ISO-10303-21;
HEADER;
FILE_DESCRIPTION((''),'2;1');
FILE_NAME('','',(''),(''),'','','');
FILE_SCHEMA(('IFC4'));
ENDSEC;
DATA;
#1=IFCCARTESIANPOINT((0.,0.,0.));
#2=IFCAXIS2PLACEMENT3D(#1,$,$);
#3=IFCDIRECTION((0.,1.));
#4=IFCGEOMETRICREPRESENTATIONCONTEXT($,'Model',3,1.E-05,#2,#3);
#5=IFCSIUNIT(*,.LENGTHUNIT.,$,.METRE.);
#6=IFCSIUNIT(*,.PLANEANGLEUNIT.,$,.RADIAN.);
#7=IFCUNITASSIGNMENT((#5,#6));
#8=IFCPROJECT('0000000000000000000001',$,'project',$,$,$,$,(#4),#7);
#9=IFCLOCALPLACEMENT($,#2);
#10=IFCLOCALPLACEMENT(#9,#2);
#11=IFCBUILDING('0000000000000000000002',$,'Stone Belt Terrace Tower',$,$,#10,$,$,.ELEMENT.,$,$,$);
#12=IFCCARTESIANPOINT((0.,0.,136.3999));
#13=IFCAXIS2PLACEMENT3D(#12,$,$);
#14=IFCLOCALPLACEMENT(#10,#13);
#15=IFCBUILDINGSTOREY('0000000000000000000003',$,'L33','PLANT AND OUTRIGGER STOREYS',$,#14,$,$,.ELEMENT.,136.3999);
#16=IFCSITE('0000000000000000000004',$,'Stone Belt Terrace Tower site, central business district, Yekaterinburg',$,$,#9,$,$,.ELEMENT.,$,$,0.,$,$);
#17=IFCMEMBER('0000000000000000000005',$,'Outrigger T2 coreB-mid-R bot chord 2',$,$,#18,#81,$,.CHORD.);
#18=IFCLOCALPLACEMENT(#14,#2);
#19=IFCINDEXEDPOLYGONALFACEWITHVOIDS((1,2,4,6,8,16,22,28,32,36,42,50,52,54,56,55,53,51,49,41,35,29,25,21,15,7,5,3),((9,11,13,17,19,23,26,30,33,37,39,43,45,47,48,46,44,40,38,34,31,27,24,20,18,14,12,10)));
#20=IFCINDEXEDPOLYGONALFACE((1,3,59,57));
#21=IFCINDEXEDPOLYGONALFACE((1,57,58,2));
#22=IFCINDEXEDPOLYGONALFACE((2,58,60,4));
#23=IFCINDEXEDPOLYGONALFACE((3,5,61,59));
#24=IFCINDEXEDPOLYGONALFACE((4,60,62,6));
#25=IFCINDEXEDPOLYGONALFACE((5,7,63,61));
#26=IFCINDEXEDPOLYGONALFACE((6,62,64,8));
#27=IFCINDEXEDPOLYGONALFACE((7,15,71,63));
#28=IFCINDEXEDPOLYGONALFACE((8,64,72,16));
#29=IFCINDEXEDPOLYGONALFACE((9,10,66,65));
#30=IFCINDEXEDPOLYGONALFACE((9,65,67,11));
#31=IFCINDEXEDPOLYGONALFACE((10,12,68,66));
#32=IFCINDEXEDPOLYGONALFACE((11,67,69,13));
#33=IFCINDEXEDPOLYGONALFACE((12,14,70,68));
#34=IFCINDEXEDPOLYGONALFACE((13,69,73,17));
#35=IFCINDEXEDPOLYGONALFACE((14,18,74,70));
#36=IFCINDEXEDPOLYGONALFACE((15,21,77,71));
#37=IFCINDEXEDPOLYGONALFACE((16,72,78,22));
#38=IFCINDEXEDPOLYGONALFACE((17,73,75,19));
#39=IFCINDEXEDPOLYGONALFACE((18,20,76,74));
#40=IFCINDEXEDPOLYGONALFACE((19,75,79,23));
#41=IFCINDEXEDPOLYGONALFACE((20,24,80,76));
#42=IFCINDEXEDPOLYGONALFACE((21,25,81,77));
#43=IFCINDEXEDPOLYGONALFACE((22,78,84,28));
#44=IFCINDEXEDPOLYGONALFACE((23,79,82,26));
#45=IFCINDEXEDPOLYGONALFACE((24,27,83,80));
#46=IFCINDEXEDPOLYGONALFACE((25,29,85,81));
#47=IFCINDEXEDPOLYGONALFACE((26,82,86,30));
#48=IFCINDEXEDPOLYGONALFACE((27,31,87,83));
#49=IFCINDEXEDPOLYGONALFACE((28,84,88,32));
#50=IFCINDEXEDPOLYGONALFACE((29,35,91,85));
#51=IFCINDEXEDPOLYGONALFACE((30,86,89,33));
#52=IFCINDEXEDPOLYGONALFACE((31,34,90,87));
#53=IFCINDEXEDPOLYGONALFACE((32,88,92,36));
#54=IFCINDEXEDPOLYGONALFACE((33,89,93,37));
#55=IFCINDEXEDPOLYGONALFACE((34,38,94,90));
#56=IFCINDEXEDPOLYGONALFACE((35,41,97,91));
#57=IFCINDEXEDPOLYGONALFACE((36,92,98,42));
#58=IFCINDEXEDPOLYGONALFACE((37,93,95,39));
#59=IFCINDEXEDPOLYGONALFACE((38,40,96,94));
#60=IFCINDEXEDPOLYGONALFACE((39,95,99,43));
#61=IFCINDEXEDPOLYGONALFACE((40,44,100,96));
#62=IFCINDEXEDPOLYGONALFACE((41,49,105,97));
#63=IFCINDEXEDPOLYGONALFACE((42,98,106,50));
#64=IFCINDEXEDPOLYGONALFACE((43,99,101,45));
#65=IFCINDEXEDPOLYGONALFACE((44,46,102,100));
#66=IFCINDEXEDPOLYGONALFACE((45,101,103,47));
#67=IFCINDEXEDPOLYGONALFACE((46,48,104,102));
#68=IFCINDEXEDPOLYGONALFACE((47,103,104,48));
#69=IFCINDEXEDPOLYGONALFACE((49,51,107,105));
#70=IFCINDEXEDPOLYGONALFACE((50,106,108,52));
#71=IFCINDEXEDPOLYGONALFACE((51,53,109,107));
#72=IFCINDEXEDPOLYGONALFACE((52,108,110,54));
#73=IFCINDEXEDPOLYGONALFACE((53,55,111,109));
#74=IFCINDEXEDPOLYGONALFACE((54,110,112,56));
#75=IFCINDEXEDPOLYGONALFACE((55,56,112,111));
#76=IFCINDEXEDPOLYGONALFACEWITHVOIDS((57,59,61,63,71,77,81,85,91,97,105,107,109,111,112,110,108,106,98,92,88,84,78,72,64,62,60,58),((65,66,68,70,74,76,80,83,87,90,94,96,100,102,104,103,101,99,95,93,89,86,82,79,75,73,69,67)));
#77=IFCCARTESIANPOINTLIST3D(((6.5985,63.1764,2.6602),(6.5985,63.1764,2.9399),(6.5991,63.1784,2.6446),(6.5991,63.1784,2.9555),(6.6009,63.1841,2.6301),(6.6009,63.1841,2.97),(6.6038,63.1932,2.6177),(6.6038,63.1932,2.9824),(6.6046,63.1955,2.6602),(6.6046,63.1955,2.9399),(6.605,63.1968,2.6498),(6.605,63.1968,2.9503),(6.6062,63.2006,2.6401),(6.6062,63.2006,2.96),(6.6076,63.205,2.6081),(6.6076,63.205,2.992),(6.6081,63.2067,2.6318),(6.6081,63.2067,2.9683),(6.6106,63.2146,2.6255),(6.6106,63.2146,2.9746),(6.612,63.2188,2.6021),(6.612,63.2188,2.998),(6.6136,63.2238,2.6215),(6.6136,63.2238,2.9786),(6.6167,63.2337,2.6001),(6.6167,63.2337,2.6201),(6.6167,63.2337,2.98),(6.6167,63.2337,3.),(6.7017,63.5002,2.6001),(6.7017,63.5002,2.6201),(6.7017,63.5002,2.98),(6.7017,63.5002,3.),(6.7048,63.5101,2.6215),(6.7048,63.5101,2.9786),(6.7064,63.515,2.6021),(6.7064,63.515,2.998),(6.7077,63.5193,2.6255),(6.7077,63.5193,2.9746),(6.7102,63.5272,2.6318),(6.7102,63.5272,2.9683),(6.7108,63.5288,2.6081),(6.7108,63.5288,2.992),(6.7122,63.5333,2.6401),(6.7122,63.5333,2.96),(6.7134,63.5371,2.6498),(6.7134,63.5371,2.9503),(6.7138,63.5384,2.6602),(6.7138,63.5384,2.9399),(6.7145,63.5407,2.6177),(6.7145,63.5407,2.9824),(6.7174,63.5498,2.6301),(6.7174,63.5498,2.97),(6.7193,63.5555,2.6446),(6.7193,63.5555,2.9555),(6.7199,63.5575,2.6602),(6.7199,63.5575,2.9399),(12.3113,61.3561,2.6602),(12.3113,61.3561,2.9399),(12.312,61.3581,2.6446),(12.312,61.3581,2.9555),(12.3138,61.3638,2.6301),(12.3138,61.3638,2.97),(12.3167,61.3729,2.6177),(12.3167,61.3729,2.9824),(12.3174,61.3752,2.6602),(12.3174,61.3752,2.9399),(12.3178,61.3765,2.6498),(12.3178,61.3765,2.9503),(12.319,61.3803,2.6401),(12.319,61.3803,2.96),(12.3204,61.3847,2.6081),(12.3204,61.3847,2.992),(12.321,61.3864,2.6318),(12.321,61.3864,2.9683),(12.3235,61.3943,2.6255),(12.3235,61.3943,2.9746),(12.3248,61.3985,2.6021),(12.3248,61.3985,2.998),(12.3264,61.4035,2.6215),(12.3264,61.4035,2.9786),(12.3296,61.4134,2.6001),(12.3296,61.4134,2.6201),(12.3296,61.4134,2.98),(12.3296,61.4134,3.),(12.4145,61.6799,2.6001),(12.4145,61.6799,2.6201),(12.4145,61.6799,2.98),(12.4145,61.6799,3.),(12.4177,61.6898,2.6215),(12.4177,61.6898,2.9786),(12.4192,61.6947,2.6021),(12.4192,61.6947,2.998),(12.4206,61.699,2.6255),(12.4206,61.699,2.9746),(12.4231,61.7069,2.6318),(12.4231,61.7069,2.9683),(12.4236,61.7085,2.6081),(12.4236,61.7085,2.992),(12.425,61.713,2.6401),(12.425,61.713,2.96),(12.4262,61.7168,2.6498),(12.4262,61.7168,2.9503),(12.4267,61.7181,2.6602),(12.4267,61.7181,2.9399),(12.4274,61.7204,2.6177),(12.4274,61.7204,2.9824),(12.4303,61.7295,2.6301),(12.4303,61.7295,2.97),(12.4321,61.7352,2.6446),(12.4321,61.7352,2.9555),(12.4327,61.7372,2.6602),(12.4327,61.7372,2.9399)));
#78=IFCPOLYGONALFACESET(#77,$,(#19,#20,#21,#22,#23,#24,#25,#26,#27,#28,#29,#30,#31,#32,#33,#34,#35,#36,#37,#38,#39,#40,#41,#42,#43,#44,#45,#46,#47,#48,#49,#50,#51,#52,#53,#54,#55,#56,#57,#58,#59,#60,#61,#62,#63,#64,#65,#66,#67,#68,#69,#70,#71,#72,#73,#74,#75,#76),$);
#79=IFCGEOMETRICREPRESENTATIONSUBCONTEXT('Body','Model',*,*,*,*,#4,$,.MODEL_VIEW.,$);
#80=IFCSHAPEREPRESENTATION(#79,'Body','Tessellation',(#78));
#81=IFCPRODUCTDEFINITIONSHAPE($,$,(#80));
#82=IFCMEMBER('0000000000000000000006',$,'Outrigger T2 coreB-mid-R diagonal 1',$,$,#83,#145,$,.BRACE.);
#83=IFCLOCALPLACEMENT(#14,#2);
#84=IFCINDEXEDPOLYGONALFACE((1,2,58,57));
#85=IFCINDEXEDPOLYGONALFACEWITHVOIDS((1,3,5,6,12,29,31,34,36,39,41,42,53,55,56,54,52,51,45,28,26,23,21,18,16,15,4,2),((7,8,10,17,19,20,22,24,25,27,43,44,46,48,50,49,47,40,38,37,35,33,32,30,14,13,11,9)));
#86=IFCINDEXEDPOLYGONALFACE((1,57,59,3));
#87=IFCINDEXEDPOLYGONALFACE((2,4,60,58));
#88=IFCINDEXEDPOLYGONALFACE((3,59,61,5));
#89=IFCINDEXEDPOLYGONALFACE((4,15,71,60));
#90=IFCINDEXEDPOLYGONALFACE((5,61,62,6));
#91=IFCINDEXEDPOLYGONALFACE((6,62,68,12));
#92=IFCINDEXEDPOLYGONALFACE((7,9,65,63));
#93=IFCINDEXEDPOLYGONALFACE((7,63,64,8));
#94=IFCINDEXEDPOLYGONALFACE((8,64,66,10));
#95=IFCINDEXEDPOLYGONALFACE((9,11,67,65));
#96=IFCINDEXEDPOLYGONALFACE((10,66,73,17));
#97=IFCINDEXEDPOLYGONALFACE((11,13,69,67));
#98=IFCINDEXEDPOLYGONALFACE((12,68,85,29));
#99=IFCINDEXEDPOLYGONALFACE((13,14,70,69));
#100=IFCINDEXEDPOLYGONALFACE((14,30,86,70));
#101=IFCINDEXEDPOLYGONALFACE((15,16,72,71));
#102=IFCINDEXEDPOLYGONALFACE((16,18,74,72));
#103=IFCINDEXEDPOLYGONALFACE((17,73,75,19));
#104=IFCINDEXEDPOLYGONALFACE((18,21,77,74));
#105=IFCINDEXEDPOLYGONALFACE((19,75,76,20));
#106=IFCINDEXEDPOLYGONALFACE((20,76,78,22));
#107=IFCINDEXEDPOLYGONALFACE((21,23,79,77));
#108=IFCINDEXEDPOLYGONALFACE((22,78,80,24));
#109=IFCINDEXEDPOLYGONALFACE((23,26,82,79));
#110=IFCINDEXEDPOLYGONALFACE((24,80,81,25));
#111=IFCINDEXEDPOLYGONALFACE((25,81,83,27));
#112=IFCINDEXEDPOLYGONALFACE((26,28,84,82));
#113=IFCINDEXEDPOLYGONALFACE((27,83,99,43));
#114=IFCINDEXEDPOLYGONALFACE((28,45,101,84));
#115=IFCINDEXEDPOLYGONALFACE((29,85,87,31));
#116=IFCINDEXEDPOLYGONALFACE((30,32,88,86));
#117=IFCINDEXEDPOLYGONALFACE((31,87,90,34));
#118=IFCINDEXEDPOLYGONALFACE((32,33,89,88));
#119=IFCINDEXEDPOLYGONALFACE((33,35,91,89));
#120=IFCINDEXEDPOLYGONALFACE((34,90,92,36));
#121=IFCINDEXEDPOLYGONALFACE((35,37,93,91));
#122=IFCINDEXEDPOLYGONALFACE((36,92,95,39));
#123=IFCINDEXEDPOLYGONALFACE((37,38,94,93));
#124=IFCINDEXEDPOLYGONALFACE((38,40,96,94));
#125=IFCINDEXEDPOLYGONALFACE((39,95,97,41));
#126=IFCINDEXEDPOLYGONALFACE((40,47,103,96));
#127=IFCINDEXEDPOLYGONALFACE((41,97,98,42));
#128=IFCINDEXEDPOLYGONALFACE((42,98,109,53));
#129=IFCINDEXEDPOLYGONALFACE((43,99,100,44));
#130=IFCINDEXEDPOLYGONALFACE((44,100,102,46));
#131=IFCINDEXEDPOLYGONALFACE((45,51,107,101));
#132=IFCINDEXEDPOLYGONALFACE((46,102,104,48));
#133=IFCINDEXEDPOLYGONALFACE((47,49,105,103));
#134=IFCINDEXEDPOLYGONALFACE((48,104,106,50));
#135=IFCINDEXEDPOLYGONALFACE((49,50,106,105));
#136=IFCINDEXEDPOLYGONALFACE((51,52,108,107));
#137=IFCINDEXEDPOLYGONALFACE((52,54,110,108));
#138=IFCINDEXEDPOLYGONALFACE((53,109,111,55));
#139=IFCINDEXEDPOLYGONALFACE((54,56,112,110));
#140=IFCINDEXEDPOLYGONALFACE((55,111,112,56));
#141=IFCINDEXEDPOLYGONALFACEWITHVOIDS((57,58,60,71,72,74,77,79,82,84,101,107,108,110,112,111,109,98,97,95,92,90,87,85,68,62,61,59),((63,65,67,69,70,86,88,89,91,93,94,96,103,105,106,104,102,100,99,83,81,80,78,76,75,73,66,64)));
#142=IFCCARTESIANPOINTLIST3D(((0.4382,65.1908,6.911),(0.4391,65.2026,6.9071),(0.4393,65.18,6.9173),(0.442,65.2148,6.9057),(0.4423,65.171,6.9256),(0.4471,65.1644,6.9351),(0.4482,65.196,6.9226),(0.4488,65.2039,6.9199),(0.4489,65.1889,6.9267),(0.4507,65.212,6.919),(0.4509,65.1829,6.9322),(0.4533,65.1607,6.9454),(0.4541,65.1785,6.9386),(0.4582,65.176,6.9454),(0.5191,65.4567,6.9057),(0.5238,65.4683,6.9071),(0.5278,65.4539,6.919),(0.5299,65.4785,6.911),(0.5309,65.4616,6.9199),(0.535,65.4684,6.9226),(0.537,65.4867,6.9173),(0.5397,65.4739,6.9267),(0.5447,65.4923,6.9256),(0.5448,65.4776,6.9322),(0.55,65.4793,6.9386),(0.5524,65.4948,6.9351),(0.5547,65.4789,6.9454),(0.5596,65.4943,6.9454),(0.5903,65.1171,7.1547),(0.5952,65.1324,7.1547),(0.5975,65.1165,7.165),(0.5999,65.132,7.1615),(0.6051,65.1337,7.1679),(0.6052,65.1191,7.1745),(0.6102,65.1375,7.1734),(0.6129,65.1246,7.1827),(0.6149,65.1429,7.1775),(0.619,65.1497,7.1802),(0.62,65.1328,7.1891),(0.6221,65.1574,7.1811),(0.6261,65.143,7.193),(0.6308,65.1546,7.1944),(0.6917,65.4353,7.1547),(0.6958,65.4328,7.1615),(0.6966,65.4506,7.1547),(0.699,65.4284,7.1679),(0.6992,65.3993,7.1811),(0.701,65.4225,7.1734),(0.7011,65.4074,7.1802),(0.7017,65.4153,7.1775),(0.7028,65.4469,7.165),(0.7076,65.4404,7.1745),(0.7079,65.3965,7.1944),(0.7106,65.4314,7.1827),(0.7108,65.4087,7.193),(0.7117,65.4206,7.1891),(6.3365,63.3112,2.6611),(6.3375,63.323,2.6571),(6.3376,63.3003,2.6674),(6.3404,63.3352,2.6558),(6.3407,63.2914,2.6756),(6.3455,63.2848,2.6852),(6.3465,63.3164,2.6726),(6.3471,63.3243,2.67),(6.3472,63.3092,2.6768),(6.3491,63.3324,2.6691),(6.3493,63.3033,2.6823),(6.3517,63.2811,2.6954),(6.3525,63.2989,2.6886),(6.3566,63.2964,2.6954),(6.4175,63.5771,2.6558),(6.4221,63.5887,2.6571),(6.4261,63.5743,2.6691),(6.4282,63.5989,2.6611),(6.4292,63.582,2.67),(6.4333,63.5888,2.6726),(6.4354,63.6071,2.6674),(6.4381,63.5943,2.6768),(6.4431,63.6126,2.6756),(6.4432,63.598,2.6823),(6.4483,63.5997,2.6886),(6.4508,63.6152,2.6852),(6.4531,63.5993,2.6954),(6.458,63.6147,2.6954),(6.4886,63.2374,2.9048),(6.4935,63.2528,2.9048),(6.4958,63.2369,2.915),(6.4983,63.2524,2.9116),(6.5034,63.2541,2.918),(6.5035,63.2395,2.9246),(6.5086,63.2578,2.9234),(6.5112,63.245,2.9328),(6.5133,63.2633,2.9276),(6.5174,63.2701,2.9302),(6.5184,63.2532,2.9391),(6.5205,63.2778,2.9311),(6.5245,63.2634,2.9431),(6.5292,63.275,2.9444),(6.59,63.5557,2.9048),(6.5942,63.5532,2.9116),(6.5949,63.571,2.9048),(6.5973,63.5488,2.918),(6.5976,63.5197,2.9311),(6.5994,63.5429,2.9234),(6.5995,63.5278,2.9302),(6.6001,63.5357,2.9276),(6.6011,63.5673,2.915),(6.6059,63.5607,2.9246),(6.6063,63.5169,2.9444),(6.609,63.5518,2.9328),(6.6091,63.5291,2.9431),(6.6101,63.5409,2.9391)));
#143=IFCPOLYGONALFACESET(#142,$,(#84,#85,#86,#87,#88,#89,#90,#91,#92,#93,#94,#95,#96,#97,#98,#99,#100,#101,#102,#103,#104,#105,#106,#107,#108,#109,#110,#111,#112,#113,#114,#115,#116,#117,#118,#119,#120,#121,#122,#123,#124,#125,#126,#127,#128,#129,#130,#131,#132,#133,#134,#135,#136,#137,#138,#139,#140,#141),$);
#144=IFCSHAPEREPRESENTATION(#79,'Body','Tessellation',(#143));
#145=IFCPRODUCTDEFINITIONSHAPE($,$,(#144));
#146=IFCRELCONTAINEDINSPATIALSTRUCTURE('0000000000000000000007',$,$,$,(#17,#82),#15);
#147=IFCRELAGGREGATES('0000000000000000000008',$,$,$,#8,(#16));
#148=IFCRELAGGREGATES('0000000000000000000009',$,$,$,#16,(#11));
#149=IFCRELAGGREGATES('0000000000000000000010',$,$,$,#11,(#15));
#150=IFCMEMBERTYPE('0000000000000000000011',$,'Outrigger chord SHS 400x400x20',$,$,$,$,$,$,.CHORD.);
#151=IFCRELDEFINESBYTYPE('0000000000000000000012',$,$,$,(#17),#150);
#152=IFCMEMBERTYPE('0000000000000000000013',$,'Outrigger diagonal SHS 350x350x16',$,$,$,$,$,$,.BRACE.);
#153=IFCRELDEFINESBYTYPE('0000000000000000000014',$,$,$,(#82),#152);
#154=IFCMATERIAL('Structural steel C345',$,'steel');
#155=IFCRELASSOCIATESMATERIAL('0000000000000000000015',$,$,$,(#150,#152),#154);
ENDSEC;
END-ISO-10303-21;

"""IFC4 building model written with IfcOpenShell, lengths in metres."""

from ifc_helpers import new_model, si_unit, direction, frame, origin, origin_2d, place, context, subcontext, project, spatial, hollow_rectangle, extrude, material, material_profile, profile_set, type_object, element, save


model = new_model("IFC4")

# Units and contexts
model_context = context("Model", 3, precision=1e-05, world=origin(), true_north=direction((0.0, 1.0)))
body_context = subcontext(model_context, "Body", "Model", "MODEL_VIEW")
ifc_project = project(units=[si_unit("LENGTHUNIT", "METRE"), si_unit("PLANEANGLEUNIT", "RADIAN")], contexts=[model_context])

# Site, building, storey
site_placement = place(None, origin())
site = spatial("IfcSite", under=ifc_project, at=site_placement, Name="Stone Belt Terrace Tower site, central business district, Yekaterinburg", CompositionType="ELEMENT", RefElevation=0.0)
building_placement = place(site_placement, origin())
building = spatial("IfcBuilding", under=site, at=building_placement, Name="Stone Belt Terrace Tower", CompositionType="ELEMENT")
storey_placement = place(building_placement, frame((0.0, 0.0, 136.3999)))
storey = spatial("IfcBuildingStorey", under=building, at=storey_placement, Name="L33", Description="PLANT AND OUTRIGGER STOREYS", CompositionType="ELEMENT", Elevation=136.3999)

# Shared definitions
ifc_material_1 = material(Name="Structural steel C345", Category="steel")

# Members
ifc_material_profile_1 = material_profile(ifc_material_1, hollow_rectangle(XDim=0.3999, YDim=0.3999, WallThickness=0.02, InnerFilletRadius=0.04, OuterFilletRadius=0.0601, at=origin_2d()), Name="SHS 400x400x20")
ifc_profile_set_1 = profile_set([ifc_material_profile_1], Name="Structural steel C345")
member_type_1 = type_object("IfcMemberType", Name="Outrigger chord SHS 400x400x20", PredefinedType="CHORD", material=ifc_profile_set_1)
for number, where, z_axis, x_axis, name in (
    (1, (6.6592, 63.3669, 2.8), (0.952802, -0.303594, 0.0), (0.303594, 0.952802, 0.0), "Outrigger T2 coreB-mid-R bot chord 2"),
):
    element("IfcMember", number, at=place(storey_placement, frame(where, z_axis=z_axis, x_axis=x_axis)), inside=storey, type_object=member_type_1, Name=name, PredefinedType="CHORD", context=body_context, shape_type="SweptSolid", body=[
        extrude(hollow_rectangle(XDim=0.3999, YDim=0.3999, WallThickness=0.02, InnerFilletRadius=0.04, OuterFilletRadius=0.0601, at=origin_2d()), origin(), (0.0, 0.0, 1.0), 5.9958),
    ])
ifc_material_profile_2 = material_profile(ifc_material_1, hollow_rectangle(XDim=0.3501, YDim=0.3501, WallThickness=0.0161, InnerFilletRadius=0.032, OuterFilletRadius=0.0481, at=origin_2d()), Name="SHS 350x350x16")
ifc_profile_set_2 = profile_set([ifc_material_profile_2], Name="Structural steel C345")
member_type_2 = type_object("IfcMemberType", Name="Outrigger diagonal SHS 350x350x16", PredefinedType="BRACE", material=ifc_profile_set_2)
member_1_placement = place(storey_placement, frame((0.575, 65.3057, 7.05), z_axis=(0.785502, -0.250314, -0.565977), x_axis=(0.303624, 0.952792, 0.0)))
element("IfcMember", 2, at=member_1_placement, inside=storey, type_object=member_type_2, Name="Outrigger T2 coreB-mid-R diagonal 1", PredefinedType="BRACE", context=body_context, shape_type="SweptSolid", body=[
    extrude(hollow_rectangle(XDim=0.3501, YDim=0.3501, WallThickness=0.0161, InnerFilletRadius=0.032, OuterFilletRadius=0.0481, at=origin_2d()), origin(), (0.0, 0.0, 1.0), 7.509),
])

save(model, "model.ifc")
